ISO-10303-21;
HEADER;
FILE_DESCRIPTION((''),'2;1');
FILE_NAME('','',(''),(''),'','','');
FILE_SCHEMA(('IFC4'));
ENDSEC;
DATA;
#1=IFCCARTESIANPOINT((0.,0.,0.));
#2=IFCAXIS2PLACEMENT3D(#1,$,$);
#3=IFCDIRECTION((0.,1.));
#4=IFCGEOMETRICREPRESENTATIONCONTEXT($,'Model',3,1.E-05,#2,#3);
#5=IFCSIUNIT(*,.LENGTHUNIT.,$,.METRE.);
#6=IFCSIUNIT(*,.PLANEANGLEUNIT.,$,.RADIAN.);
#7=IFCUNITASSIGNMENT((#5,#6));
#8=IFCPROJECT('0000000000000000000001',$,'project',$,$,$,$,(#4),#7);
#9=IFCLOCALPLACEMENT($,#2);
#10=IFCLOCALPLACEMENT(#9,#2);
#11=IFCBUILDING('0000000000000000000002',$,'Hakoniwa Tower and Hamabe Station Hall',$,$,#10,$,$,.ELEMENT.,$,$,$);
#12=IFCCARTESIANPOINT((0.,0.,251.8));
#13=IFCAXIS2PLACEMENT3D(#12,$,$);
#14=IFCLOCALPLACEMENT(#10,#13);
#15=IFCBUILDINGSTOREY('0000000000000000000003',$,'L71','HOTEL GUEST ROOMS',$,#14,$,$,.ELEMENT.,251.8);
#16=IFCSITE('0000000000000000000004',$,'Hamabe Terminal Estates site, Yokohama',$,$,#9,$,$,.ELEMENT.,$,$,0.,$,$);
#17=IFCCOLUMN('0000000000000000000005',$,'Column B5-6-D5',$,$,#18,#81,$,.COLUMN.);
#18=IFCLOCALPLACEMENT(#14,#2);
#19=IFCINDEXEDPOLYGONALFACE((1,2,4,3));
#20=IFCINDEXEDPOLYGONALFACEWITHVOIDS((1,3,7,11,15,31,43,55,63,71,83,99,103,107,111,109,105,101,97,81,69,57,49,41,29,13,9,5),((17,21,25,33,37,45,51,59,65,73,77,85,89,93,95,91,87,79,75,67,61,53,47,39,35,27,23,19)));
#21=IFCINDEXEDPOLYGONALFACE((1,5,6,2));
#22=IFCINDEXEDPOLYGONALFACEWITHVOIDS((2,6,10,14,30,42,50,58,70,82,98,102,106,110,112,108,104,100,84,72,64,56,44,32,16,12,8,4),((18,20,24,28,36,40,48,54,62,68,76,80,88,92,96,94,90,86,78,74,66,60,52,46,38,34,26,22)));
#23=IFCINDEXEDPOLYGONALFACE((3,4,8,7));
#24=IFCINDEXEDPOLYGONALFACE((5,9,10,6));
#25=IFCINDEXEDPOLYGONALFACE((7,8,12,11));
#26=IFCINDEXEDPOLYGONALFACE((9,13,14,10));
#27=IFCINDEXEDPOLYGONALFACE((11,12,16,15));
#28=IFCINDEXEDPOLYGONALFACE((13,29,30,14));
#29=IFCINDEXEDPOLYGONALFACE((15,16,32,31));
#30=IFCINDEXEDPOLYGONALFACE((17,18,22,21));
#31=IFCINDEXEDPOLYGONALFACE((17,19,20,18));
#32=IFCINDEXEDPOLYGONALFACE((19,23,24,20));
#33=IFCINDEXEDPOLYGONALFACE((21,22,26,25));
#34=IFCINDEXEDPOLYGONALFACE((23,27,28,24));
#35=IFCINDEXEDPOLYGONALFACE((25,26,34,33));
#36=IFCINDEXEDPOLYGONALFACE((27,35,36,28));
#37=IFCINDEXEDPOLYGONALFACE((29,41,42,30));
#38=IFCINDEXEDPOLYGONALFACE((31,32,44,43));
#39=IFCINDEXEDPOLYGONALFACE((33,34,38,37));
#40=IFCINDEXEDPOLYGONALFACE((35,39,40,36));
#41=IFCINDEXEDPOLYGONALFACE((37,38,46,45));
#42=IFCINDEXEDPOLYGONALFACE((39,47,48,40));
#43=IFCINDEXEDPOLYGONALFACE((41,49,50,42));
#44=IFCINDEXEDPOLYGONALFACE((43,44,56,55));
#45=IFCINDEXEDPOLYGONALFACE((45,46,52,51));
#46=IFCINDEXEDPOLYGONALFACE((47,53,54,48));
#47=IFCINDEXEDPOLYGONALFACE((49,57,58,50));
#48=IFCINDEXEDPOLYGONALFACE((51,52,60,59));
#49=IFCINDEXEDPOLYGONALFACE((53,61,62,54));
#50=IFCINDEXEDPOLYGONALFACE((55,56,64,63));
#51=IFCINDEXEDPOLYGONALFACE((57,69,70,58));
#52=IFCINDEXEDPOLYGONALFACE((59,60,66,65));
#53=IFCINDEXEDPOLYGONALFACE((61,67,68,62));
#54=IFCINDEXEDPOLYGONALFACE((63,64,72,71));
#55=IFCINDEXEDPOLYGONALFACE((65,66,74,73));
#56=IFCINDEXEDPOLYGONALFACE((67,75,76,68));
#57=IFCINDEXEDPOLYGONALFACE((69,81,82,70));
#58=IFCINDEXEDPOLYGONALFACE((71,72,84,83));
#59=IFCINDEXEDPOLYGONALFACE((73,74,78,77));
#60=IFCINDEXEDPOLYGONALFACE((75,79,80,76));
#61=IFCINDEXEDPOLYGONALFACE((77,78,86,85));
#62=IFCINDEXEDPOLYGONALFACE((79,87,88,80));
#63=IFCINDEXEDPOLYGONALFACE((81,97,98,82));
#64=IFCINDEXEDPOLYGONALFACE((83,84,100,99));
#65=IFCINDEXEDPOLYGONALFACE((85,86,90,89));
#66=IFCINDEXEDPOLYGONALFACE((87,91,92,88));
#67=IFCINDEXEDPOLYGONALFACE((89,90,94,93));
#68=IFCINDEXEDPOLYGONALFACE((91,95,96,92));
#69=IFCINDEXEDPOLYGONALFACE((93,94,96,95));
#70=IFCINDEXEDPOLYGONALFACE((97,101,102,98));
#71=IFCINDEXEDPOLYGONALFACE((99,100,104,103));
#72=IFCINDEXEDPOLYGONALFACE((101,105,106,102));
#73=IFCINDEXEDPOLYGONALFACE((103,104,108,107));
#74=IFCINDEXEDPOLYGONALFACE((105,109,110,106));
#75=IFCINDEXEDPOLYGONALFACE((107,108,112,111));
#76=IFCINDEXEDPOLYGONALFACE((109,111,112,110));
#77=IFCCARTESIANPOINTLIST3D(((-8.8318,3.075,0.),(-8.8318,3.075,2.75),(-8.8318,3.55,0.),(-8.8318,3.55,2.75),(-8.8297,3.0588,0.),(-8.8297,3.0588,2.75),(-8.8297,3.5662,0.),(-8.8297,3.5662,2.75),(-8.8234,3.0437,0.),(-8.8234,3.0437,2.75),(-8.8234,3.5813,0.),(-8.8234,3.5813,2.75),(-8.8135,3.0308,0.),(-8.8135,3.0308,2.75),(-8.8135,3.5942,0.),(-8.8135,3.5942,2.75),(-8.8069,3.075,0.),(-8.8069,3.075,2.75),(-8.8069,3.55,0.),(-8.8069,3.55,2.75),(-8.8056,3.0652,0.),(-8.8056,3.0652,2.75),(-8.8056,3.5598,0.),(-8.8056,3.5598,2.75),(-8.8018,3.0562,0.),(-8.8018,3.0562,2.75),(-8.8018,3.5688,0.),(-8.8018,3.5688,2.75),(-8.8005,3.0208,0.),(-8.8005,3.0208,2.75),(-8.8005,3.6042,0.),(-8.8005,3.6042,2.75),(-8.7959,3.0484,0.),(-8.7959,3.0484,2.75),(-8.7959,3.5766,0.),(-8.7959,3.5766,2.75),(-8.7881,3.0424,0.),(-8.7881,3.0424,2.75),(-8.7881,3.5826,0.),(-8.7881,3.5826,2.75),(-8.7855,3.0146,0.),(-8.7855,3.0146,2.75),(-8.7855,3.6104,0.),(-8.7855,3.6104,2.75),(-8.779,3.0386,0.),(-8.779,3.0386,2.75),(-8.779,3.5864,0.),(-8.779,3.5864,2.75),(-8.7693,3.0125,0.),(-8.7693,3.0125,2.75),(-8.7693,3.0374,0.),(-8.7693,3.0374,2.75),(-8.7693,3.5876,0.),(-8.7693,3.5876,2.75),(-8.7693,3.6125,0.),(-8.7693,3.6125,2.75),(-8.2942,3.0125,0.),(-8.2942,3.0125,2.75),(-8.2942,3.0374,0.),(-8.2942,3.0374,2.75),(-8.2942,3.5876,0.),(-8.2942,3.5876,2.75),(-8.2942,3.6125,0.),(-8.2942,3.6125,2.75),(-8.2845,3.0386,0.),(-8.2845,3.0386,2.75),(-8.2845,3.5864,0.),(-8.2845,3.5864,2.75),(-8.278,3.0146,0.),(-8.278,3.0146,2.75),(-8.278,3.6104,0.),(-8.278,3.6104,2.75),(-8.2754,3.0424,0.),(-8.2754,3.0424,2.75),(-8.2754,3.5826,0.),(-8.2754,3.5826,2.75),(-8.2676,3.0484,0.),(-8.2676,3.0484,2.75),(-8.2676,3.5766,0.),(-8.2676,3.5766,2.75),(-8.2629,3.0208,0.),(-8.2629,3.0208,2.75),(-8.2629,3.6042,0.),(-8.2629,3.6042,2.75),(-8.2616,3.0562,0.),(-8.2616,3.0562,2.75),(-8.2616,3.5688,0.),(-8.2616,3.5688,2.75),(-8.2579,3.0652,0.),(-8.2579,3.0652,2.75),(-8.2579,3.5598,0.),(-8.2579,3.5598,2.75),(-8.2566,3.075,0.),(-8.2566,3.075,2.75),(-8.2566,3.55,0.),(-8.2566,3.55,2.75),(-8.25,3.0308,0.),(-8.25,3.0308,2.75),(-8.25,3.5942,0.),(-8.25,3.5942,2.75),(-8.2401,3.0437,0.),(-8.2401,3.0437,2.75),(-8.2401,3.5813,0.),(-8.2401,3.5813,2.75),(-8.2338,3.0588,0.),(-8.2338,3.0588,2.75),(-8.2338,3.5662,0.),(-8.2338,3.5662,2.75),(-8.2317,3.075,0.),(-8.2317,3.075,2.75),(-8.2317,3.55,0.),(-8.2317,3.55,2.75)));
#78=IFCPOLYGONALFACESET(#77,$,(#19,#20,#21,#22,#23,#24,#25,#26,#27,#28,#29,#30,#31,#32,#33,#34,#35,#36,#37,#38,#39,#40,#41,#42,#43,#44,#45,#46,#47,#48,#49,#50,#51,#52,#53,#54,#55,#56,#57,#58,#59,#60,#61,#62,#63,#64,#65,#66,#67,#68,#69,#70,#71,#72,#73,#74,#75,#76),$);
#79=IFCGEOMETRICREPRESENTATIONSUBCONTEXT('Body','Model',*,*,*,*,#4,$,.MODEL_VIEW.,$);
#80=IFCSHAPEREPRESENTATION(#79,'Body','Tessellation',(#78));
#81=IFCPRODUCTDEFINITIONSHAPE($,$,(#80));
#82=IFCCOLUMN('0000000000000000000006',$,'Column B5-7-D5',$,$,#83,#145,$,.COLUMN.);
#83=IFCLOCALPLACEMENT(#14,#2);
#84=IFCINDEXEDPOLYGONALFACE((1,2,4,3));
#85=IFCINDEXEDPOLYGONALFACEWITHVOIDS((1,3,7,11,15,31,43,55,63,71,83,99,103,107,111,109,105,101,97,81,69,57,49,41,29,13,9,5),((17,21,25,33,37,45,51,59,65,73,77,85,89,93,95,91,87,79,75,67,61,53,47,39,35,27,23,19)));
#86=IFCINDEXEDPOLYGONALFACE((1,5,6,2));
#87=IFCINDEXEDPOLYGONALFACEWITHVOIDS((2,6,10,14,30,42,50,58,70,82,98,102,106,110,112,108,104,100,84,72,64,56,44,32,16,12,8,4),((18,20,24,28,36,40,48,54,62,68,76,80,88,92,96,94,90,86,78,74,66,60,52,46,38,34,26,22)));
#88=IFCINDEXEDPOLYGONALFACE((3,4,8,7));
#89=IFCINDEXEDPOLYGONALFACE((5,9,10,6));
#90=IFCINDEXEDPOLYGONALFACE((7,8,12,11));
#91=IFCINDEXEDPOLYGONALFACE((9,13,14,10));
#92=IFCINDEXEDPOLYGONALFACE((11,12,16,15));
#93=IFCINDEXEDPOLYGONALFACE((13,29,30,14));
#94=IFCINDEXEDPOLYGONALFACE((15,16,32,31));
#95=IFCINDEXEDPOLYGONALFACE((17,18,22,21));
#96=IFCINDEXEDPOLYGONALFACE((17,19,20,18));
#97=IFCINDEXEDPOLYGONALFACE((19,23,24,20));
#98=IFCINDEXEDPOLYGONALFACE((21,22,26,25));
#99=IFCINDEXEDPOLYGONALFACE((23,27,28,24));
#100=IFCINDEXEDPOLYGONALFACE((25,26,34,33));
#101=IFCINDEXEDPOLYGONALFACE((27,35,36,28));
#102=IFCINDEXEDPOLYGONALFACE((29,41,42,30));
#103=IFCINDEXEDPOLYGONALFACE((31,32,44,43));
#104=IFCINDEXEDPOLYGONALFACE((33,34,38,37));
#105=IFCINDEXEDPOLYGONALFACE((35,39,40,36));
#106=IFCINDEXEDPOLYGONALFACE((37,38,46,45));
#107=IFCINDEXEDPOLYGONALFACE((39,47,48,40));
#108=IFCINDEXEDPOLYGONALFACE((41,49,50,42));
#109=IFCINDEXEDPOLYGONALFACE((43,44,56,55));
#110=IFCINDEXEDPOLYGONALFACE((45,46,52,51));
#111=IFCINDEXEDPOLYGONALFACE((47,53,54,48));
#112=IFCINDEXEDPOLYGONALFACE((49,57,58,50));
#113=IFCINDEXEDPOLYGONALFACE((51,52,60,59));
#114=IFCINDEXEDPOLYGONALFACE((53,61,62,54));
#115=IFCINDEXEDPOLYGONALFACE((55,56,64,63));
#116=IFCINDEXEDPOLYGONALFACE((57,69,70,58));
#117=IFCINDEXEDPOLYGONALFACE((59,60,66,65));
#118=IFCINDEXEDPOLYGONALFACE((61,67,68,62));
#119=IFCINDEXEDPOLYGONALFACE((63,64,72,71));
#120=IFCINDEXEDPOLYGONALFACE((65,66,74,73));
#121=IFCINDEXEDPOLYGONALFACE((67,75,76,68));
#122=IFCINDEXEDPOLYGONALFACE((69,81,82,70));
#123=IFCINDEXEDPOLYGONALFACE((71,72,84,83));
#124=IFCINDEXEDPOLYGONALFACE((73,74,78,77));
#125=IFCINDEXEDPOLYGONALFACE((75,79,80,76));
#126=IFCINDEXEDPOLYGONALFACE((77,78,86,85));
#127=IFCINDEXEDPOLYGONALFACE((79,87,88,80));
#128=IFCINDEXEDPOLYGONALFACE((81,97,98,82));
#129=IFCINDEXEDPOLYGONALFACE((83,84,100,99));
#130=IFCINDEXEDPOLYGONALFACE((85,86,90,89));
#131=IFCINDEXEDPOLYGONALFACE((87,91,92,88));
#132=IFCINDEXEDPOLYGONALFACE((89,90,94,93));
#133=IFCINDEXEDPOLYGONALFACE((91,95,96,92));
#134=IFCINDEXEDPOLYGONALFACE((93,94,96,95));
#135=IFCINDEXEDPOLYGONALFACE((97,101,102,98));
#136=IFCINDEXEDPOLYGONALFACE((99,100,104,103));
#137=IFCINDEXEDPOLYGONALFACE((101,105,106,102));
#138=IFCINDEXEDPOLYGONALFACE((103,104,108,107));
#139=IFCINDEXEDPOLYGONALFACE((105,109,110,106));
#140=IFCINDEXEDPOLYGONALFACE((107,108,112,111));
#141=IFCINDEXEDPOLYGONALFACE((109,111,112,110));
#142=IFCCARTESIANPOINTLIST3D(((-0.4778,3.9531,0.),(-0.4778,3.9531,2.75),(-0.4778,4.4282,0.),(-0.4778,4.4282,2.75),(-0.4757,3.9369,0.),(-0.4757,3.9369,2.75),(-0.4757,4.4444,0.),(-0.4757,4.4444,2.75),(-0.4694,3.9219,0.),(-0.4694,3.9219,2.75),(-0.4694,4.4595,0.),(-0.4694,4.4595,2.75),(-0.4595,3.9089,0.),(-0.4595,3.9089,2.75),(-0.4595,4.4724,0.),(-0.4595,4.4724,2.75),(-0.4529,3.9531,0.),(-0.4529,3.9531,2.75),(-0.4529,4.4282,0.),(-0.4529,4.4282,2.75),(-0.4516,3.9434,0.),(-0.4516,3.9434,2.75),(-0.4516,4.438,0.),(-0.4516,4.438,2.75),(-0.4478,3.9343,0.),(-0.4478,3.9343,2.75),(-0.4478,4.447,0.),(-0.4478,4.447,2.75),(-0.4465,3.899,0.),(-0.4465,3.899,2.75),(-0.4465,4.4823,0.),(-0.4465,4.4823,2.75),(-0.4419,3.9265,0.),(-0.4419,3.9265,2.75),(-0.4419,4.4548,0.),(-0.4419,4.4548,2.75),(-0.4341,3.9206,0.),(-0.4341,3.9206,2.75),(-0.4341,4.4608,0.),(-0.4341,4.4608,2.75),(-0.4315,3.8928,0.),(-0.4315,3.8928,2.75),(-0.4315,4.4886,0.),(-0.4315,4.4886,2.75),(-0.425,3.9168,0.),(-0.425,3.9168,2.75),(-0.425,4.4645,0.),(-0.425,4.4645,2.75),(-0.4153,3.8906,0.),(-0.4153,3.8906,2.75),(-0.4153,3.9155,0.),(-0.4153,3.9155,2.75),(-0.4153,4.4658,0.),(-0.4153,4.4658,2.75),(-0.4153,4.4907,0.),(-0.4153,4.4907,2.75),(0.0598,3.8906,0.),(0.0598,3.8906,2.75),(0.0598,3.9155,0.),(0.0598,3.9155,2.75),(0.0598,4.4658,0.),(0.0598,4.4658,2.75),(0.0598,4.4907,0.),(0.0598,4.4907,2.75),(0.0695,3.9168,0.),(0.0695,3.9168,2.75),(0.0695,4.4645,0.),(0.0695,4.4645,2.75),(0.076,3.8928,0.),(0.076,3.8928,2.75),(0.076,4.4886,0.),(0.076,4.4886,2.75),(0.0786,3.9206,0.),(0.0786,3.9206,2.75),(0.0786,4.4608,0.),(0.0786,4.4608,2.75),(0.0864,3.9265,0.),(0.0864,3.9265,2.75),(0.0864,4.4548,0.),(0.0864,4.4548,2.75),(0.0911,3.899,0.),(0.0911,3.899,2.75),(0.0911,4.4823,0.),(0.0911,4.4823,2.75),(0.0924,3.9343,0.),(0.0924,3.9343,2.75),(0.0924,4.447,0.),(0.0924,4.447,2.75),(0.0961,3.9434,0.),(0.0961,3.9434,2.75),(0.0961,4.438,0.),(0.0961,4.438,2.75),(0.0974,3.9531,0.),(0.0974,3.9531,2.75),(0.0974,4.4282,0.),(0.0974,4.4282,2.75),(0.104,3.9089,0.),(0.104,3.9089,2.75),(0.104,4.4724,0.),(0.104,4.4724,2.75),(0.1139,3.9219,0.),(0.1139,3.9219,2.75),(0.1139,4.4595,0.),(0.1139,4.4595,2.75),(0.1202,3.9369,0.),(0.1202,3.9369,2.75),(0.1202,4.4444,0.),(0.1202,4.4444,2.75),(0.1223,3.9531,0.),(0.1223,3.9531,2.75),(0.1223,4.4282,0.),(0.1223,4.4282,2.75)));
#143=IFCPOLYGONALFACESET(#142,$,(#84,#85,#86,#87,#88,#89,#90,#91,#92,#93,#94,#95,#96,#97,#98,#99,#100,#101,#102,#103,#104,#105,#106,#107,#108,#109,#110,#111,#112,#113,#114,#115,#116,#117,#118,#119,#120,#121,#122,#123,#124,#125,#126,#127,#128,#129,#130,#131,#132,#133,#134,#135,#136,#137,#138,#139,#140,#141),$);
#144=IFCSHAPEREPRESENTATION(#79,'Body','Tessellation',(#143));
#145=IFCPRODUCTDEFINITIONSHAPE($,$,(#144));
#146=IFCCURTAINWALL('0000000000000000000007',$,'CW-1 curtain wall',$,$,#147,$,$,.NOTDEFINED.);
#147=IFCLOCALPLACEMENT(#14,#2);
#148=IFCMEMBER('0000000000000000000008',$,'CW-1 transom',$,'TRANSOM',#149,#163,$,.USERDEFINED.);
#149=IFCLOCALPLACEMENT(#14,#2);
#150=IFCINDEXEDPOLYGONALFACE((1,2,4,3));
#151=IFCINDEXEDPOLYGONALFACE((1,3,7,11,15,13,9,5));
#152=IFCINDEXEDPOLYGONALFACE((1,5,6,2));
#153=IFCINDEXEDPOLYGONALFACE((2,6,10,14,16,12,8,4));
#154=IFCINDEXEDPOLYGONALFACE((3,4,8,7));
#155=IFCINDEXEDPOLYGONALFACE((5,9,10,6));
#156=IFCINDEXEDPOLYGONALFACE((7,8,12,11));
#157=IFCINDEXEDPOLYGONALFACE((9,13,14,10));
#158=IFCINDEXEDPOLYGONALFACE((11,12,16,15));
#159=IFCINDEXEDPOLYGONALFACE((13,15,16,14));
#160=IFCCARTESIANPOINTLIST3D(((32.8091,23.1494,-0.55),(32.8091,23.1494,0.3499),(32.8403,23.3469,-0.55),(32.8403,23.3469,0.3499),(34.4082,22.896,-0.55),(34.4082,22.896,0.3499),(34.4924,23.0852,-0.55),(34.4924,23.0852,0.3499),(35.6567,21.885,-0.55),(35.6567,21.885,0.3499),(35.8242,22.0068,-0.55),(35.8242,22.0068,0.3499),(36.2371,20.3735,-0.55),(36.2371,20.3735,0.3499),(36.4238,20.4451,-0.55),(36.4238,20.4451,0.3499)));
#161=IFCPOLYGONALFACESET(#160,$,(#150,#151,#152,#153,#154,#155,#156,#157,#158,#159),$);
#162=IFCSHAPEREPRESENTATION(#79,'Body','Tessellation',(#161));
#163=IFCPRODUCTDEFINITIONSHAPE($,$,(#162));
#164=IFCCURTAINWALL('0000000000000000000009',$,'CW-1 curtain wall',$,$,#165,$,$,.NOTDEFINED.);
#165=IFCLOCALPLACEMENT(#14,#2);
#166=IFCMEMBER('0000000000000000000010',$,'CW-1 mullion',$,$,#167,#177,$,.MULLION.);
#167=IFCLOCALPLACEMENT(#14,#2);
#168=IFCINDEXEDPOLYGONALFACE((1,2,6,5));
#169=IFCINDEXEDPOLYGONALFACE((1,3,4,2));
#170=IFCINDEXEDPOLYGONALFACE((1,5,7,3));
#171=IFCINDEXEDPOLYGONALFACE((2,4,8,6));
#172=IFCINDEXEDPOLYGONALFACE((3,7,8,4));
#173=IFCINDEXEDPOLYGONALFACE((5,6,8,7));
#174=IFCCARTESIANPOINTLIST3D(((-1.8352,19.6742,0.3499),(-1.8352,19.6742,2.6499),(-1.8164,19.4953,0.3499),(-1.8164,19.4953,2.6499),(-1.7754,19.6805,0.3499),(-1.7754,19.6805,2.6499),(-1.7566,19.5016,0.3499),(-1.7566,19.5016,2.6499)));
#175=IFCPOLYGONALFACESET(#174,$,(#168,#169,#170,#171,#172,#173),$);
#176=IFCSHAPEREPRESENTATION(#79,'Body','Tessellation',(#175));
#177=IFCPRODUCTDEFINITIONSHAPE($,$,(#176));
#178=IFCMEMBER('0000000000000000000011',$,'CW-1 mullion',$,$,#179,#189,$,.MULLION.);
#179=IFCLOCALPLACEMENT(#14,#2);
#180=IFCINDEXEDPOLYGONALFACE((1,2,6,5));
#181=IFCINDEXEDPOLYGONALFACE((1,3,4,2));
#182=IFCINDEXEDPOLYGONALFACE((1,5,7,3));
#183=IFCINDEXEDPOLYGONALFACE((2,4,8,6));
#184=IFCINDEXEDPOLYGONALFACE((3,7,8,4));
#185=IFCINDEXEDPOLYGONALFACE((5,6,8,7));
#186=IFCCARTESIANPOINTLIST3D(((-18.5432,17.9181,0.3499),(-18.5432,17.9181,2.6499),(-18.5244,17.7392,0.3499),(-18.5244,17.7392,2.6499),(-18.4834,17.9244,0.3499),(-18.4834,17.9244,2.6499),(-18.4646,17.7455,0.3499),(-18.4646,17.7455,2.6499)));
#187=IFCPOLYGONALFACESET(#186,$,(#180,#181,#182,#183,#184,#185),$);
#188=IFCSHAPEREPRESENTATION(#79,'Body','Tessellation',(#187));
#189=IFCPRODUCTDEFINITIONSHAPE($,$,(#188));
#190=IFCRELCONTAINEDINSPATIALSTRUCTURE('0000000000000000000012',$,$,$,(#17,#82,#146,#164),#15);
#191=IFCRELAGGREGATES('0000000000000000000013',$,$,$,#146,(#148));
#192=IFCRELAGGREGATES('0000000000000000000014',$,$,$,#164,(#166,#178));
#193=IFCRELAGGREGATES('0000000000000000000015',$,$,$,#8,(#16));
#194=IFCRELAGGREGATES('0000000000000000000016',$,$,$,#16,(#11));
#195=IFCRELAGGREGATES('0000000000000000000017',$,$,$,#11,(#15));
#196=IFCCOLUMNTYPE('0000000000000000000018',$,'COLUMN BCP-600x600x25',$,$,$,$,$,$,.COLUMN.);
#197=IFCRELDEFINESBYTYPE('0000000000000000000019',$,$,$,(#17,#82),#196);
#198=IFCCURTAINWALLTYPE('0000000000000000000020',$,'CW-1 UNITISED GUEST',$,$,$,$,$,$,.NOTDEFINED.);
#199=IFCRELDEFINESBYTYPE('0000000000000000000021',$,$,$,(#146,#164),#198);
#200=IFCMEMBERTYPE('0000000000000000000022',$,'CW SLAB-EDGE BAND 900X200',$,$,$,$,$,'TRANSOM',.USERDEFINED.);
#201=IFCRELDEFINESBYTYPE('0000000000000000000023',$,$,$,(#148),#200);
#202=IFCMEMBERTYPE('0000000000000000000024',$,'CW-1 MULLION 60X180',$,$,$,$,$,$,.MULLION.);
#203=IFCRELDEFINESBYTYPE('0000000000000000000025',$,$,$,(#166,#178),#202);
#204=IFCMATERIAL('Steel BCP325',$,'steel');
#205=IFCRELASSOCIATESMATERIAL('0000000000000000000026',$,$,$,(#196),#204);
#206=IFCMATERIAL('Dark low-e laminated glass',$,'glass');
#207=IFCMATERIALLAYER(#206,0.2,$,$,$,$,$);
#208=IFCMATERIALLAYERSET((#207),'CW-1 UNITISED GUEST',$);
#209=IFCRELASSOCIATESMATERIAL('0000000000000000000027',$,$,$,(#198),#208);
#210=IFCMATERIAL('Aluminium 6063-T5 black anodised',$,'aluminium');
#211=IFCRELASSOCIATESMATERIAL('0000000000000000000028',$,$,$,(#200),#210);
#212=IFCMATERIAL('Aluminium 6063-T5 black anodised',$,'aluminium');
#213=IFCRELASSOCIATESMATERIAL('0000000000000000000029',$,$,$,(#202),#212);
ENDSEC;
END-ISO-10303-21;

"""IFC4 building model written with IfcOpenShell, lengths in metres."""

from ifc_helpers import new_model, si_unit, direction, frame, origin, origin_2d, place, context, subcontext, project, spatial, polyline, rectangle, hollow_rectangle, outline, extrude, material, layer, layer_set, material_profile, profile_set, type_object, element, aggregate, save


model = new_model("IFC4")

# Units and contexts
model_context = context("Model", 3, precision=1e-05, world=origin(), true_north=direction((0.0, 1.0)))
body_context = subcontext(model_context, "Body", "Model", "MODEL_VIEW")
ifc_project = project(units=[si_unit("LENGTHUNIT", "METRE"), si_unit("PLANEANGLEUNIT", "RADIAN")], contexts=[model_context])

# Site, building, storey
site_placement = place(None, origin())
site = spatial("IfcSite", under=ifc_project, at=site_placement, Name="Hamabe Terminal Estates site, Yokohama", CompositionType="ELEMENT", RefElevation=0.0)
building_placement = place(site_placement, origin())
building = spatial("IfcBuilding", under=site, at=building_placement, Name="Hakoniwa Tower and Hamabe Station Hall", CompositionType="ELEMENT")
storey_placement = place(building_placement, frame((0.0, 0.0, 251.8)))
storey = spatial("IfcBuildingStorey", under=building, at=storey_placement, Name="L71", Description="HOTEL GUEST ROOMS", CompositionType="ELEMENT", Elevation=251.8)

# Columns
ifc_material_1 = material(Name="Steel BCP325", Category="steel")
ifc_material_profile_1 = material_profile(ifc_material_1, hollow_rectangle(XDim=0.6001, YDim=0.6001, WallThickness=0.0249, InnerFilletRadius=0.0376, OuterFilletRadius=0.0625, at=origin_2d()), Name="BCP-600x600x25")
ifc_profile_set_1 = profile_set([ifc_material_profile_1], Name="Steel BCP325")
column_type_1 = type_object("IfcColumnType", Name="COLUMN BCP-600x600x25", PredefinedType="COLUMN", material=ifc_profile_set_1)
for number, where, z_axis, x_axis, name in (
    (1, (-8.5317, 3.3125, 0.0), (0.0, 0.0, 1.0), (1.0, 0.0, 0.0), "Column B5-6-D5"),
    (2, (-0.1777, 4.1907, 0.0), (0.0, 0.0, 1.0), (1.0, 0.0, 0.0), "Column B5-7-D5"),
):
    element("IfcColumn", number, at=place(storey_placement, frame(where, z_axis=z_axis, x_axis=x_axis)), inside=storey, type_object=column_type_1, Name=name, PredefinedType="COLUMN", context=body_context, shape_type="SweptSolid", body=[
        extrude(hollow_rectangle(XDim=0.6001, YDim=0.6001, WallThickness=0.0249, InnerFilletRadius=0.0376, OuterFilletRadius=0.0625, at=origin_2d()), origin(), (0.0, 0.0, 1.0), 2.75),
    ])

# Curtain wall, member
ifc_material_2 = material(Name="Dark low-e laminated glass", Category="glass")
ifc_layer_1 = layer(ifc_material_2, 0.2)
ifc_layer_set_1 = layer_set([ifc_layer_1], Name="CW-1 UNITISED GUEST")
curtain_wall_type = type_object("IfcCurtainWallType", Name="CW-1 UNITISED GUEST", PredefinedType="NOTDEFINED", material=ifc_layer_set_1)
curtain_wall_1_placement = place(storey_placement, origin())
curtain_wall_1 = element("IfcCurtainWall", 3, at=curtain_wall_1_placement, inside=storey, type_object=curtain_wall_type, Name="CW-1 curtain wall", PredefinedType="NOTDEFINED")
ifc_material_3 = material(Name="Aluminium 6063-T5 black anodised", Category="aluminium")
ifc_material_profile_2 = material_profile(ifc_material_3, rectangle(XDim=0.2, YDim=0.8999, at=origin_2d()), Name="CW SLAB-EDGE BAND 900X200")
ifc_profile_set_2 = profile_set([ifc_material_profile_2], Name="Aluminium 6063-T5 black anodised")
member_type_1 = type_object("IfcMemberType", Name="CW SLAB-EDGE BAND 900X200", ElementType="TRANSOM", PredefinedType="USERDEFINED", material=ifc_profile_set_2)
member_1_placement = place(storey_placement, frame((0.0, 0.0, -0.55)))
member_1 = element("IfcMember", 4, at=member_1_placement, type_object=member_type_1, Name="CW-1 transom", ObjectType="TRANSOM", PredefinedType="USERDEFINED", context=body_context, shape_type="SweptSolid", body=[
    extrude(outline(polyline([(36.4238, 20.4451), (35.8242, 22.0068), (34.4924, 23.0852), (32.8403, 23.3469), (32.8091, 23.1494), (34.4082, 22.896), (35.6567, 21.885), (36.2371, 20.3735), (36.4238, 20.4451)])), origin(), (0.0, 0.0, 1.0), 0.8999),
])
aggregate(curtain_wall_1, [member_1])

# Curtain wall, members
curtain_wall_2_placement = place(storey_placement, origin())
curtain_wall_2 = element("IfcCurtainWall", 5, at=curtain_wall_2_placement, inside=storey, type_object=curtain_wall_type, Name="CW-1 curtain wall", PredefinedType="NOTDEFINED")
ifc_material_4 = material(Name="Aluminium 6063-T5 black anodised", Category="aluminium")
ifc_material_profile_3 = material_profile(ifc_material_4, rectangle(XDim=0.0601, YDim=0.1799, at=origin_2d()), Name="CW-1 MULLION 60X180")
ifc_profile_set_3 = profile_set([ifc_material_profile_3], Name="Aluminium 6063-T5 black anodised")
member_type_2 = type_object("IfcMemberType", Name="CW-1 MULLION 60X180", PredefinedType="MULLION", material=ifc_profile_set_3)
member_2_placement = place(storey_placement, frame((-1.7959, 19.5879, 0.3499), z_axis=(0.0, 0.0, 1.0), x_axis=(-0.994522, -0.104528, 0.0)))
member_2 = element("IfcMember", 6, at=member_2_placement, type_object=member_type_2, Name="CW-1 mullion", PredefinedType="MULLION", context=body_context, shape_type="SweptSolid", body=[
    extrude(rectangle(XDim=0.0601, YDim=0.1799, at=origin_2d()), origin(), (0.0, 0.0, 1.0), 2.3),
])
member_3_placement = place(storey_placement, frame((-18.5039, 17.8318, 0.3499), z_axis=(0.0, 0.0, 1.0), x_axis=(-0.994522, -0.104528, 0.0)))
member_3 = element("IfcMember", 7, at=member_3_placement, type_object=member_type_2, Name="CW-1 mullion", PredefinedType="MULLION", context=body_context, shape_type="SweptSolid", body=[
    extrude(rectangle(XDim=0.0601, YDim=0.1799, at=origin_2d()), origin(), (0.0, 0.0, 1.0), 2.3),
])
aggregate(curtain_wall_2, [member_2, member_3])

save(model, "model.ifc")
